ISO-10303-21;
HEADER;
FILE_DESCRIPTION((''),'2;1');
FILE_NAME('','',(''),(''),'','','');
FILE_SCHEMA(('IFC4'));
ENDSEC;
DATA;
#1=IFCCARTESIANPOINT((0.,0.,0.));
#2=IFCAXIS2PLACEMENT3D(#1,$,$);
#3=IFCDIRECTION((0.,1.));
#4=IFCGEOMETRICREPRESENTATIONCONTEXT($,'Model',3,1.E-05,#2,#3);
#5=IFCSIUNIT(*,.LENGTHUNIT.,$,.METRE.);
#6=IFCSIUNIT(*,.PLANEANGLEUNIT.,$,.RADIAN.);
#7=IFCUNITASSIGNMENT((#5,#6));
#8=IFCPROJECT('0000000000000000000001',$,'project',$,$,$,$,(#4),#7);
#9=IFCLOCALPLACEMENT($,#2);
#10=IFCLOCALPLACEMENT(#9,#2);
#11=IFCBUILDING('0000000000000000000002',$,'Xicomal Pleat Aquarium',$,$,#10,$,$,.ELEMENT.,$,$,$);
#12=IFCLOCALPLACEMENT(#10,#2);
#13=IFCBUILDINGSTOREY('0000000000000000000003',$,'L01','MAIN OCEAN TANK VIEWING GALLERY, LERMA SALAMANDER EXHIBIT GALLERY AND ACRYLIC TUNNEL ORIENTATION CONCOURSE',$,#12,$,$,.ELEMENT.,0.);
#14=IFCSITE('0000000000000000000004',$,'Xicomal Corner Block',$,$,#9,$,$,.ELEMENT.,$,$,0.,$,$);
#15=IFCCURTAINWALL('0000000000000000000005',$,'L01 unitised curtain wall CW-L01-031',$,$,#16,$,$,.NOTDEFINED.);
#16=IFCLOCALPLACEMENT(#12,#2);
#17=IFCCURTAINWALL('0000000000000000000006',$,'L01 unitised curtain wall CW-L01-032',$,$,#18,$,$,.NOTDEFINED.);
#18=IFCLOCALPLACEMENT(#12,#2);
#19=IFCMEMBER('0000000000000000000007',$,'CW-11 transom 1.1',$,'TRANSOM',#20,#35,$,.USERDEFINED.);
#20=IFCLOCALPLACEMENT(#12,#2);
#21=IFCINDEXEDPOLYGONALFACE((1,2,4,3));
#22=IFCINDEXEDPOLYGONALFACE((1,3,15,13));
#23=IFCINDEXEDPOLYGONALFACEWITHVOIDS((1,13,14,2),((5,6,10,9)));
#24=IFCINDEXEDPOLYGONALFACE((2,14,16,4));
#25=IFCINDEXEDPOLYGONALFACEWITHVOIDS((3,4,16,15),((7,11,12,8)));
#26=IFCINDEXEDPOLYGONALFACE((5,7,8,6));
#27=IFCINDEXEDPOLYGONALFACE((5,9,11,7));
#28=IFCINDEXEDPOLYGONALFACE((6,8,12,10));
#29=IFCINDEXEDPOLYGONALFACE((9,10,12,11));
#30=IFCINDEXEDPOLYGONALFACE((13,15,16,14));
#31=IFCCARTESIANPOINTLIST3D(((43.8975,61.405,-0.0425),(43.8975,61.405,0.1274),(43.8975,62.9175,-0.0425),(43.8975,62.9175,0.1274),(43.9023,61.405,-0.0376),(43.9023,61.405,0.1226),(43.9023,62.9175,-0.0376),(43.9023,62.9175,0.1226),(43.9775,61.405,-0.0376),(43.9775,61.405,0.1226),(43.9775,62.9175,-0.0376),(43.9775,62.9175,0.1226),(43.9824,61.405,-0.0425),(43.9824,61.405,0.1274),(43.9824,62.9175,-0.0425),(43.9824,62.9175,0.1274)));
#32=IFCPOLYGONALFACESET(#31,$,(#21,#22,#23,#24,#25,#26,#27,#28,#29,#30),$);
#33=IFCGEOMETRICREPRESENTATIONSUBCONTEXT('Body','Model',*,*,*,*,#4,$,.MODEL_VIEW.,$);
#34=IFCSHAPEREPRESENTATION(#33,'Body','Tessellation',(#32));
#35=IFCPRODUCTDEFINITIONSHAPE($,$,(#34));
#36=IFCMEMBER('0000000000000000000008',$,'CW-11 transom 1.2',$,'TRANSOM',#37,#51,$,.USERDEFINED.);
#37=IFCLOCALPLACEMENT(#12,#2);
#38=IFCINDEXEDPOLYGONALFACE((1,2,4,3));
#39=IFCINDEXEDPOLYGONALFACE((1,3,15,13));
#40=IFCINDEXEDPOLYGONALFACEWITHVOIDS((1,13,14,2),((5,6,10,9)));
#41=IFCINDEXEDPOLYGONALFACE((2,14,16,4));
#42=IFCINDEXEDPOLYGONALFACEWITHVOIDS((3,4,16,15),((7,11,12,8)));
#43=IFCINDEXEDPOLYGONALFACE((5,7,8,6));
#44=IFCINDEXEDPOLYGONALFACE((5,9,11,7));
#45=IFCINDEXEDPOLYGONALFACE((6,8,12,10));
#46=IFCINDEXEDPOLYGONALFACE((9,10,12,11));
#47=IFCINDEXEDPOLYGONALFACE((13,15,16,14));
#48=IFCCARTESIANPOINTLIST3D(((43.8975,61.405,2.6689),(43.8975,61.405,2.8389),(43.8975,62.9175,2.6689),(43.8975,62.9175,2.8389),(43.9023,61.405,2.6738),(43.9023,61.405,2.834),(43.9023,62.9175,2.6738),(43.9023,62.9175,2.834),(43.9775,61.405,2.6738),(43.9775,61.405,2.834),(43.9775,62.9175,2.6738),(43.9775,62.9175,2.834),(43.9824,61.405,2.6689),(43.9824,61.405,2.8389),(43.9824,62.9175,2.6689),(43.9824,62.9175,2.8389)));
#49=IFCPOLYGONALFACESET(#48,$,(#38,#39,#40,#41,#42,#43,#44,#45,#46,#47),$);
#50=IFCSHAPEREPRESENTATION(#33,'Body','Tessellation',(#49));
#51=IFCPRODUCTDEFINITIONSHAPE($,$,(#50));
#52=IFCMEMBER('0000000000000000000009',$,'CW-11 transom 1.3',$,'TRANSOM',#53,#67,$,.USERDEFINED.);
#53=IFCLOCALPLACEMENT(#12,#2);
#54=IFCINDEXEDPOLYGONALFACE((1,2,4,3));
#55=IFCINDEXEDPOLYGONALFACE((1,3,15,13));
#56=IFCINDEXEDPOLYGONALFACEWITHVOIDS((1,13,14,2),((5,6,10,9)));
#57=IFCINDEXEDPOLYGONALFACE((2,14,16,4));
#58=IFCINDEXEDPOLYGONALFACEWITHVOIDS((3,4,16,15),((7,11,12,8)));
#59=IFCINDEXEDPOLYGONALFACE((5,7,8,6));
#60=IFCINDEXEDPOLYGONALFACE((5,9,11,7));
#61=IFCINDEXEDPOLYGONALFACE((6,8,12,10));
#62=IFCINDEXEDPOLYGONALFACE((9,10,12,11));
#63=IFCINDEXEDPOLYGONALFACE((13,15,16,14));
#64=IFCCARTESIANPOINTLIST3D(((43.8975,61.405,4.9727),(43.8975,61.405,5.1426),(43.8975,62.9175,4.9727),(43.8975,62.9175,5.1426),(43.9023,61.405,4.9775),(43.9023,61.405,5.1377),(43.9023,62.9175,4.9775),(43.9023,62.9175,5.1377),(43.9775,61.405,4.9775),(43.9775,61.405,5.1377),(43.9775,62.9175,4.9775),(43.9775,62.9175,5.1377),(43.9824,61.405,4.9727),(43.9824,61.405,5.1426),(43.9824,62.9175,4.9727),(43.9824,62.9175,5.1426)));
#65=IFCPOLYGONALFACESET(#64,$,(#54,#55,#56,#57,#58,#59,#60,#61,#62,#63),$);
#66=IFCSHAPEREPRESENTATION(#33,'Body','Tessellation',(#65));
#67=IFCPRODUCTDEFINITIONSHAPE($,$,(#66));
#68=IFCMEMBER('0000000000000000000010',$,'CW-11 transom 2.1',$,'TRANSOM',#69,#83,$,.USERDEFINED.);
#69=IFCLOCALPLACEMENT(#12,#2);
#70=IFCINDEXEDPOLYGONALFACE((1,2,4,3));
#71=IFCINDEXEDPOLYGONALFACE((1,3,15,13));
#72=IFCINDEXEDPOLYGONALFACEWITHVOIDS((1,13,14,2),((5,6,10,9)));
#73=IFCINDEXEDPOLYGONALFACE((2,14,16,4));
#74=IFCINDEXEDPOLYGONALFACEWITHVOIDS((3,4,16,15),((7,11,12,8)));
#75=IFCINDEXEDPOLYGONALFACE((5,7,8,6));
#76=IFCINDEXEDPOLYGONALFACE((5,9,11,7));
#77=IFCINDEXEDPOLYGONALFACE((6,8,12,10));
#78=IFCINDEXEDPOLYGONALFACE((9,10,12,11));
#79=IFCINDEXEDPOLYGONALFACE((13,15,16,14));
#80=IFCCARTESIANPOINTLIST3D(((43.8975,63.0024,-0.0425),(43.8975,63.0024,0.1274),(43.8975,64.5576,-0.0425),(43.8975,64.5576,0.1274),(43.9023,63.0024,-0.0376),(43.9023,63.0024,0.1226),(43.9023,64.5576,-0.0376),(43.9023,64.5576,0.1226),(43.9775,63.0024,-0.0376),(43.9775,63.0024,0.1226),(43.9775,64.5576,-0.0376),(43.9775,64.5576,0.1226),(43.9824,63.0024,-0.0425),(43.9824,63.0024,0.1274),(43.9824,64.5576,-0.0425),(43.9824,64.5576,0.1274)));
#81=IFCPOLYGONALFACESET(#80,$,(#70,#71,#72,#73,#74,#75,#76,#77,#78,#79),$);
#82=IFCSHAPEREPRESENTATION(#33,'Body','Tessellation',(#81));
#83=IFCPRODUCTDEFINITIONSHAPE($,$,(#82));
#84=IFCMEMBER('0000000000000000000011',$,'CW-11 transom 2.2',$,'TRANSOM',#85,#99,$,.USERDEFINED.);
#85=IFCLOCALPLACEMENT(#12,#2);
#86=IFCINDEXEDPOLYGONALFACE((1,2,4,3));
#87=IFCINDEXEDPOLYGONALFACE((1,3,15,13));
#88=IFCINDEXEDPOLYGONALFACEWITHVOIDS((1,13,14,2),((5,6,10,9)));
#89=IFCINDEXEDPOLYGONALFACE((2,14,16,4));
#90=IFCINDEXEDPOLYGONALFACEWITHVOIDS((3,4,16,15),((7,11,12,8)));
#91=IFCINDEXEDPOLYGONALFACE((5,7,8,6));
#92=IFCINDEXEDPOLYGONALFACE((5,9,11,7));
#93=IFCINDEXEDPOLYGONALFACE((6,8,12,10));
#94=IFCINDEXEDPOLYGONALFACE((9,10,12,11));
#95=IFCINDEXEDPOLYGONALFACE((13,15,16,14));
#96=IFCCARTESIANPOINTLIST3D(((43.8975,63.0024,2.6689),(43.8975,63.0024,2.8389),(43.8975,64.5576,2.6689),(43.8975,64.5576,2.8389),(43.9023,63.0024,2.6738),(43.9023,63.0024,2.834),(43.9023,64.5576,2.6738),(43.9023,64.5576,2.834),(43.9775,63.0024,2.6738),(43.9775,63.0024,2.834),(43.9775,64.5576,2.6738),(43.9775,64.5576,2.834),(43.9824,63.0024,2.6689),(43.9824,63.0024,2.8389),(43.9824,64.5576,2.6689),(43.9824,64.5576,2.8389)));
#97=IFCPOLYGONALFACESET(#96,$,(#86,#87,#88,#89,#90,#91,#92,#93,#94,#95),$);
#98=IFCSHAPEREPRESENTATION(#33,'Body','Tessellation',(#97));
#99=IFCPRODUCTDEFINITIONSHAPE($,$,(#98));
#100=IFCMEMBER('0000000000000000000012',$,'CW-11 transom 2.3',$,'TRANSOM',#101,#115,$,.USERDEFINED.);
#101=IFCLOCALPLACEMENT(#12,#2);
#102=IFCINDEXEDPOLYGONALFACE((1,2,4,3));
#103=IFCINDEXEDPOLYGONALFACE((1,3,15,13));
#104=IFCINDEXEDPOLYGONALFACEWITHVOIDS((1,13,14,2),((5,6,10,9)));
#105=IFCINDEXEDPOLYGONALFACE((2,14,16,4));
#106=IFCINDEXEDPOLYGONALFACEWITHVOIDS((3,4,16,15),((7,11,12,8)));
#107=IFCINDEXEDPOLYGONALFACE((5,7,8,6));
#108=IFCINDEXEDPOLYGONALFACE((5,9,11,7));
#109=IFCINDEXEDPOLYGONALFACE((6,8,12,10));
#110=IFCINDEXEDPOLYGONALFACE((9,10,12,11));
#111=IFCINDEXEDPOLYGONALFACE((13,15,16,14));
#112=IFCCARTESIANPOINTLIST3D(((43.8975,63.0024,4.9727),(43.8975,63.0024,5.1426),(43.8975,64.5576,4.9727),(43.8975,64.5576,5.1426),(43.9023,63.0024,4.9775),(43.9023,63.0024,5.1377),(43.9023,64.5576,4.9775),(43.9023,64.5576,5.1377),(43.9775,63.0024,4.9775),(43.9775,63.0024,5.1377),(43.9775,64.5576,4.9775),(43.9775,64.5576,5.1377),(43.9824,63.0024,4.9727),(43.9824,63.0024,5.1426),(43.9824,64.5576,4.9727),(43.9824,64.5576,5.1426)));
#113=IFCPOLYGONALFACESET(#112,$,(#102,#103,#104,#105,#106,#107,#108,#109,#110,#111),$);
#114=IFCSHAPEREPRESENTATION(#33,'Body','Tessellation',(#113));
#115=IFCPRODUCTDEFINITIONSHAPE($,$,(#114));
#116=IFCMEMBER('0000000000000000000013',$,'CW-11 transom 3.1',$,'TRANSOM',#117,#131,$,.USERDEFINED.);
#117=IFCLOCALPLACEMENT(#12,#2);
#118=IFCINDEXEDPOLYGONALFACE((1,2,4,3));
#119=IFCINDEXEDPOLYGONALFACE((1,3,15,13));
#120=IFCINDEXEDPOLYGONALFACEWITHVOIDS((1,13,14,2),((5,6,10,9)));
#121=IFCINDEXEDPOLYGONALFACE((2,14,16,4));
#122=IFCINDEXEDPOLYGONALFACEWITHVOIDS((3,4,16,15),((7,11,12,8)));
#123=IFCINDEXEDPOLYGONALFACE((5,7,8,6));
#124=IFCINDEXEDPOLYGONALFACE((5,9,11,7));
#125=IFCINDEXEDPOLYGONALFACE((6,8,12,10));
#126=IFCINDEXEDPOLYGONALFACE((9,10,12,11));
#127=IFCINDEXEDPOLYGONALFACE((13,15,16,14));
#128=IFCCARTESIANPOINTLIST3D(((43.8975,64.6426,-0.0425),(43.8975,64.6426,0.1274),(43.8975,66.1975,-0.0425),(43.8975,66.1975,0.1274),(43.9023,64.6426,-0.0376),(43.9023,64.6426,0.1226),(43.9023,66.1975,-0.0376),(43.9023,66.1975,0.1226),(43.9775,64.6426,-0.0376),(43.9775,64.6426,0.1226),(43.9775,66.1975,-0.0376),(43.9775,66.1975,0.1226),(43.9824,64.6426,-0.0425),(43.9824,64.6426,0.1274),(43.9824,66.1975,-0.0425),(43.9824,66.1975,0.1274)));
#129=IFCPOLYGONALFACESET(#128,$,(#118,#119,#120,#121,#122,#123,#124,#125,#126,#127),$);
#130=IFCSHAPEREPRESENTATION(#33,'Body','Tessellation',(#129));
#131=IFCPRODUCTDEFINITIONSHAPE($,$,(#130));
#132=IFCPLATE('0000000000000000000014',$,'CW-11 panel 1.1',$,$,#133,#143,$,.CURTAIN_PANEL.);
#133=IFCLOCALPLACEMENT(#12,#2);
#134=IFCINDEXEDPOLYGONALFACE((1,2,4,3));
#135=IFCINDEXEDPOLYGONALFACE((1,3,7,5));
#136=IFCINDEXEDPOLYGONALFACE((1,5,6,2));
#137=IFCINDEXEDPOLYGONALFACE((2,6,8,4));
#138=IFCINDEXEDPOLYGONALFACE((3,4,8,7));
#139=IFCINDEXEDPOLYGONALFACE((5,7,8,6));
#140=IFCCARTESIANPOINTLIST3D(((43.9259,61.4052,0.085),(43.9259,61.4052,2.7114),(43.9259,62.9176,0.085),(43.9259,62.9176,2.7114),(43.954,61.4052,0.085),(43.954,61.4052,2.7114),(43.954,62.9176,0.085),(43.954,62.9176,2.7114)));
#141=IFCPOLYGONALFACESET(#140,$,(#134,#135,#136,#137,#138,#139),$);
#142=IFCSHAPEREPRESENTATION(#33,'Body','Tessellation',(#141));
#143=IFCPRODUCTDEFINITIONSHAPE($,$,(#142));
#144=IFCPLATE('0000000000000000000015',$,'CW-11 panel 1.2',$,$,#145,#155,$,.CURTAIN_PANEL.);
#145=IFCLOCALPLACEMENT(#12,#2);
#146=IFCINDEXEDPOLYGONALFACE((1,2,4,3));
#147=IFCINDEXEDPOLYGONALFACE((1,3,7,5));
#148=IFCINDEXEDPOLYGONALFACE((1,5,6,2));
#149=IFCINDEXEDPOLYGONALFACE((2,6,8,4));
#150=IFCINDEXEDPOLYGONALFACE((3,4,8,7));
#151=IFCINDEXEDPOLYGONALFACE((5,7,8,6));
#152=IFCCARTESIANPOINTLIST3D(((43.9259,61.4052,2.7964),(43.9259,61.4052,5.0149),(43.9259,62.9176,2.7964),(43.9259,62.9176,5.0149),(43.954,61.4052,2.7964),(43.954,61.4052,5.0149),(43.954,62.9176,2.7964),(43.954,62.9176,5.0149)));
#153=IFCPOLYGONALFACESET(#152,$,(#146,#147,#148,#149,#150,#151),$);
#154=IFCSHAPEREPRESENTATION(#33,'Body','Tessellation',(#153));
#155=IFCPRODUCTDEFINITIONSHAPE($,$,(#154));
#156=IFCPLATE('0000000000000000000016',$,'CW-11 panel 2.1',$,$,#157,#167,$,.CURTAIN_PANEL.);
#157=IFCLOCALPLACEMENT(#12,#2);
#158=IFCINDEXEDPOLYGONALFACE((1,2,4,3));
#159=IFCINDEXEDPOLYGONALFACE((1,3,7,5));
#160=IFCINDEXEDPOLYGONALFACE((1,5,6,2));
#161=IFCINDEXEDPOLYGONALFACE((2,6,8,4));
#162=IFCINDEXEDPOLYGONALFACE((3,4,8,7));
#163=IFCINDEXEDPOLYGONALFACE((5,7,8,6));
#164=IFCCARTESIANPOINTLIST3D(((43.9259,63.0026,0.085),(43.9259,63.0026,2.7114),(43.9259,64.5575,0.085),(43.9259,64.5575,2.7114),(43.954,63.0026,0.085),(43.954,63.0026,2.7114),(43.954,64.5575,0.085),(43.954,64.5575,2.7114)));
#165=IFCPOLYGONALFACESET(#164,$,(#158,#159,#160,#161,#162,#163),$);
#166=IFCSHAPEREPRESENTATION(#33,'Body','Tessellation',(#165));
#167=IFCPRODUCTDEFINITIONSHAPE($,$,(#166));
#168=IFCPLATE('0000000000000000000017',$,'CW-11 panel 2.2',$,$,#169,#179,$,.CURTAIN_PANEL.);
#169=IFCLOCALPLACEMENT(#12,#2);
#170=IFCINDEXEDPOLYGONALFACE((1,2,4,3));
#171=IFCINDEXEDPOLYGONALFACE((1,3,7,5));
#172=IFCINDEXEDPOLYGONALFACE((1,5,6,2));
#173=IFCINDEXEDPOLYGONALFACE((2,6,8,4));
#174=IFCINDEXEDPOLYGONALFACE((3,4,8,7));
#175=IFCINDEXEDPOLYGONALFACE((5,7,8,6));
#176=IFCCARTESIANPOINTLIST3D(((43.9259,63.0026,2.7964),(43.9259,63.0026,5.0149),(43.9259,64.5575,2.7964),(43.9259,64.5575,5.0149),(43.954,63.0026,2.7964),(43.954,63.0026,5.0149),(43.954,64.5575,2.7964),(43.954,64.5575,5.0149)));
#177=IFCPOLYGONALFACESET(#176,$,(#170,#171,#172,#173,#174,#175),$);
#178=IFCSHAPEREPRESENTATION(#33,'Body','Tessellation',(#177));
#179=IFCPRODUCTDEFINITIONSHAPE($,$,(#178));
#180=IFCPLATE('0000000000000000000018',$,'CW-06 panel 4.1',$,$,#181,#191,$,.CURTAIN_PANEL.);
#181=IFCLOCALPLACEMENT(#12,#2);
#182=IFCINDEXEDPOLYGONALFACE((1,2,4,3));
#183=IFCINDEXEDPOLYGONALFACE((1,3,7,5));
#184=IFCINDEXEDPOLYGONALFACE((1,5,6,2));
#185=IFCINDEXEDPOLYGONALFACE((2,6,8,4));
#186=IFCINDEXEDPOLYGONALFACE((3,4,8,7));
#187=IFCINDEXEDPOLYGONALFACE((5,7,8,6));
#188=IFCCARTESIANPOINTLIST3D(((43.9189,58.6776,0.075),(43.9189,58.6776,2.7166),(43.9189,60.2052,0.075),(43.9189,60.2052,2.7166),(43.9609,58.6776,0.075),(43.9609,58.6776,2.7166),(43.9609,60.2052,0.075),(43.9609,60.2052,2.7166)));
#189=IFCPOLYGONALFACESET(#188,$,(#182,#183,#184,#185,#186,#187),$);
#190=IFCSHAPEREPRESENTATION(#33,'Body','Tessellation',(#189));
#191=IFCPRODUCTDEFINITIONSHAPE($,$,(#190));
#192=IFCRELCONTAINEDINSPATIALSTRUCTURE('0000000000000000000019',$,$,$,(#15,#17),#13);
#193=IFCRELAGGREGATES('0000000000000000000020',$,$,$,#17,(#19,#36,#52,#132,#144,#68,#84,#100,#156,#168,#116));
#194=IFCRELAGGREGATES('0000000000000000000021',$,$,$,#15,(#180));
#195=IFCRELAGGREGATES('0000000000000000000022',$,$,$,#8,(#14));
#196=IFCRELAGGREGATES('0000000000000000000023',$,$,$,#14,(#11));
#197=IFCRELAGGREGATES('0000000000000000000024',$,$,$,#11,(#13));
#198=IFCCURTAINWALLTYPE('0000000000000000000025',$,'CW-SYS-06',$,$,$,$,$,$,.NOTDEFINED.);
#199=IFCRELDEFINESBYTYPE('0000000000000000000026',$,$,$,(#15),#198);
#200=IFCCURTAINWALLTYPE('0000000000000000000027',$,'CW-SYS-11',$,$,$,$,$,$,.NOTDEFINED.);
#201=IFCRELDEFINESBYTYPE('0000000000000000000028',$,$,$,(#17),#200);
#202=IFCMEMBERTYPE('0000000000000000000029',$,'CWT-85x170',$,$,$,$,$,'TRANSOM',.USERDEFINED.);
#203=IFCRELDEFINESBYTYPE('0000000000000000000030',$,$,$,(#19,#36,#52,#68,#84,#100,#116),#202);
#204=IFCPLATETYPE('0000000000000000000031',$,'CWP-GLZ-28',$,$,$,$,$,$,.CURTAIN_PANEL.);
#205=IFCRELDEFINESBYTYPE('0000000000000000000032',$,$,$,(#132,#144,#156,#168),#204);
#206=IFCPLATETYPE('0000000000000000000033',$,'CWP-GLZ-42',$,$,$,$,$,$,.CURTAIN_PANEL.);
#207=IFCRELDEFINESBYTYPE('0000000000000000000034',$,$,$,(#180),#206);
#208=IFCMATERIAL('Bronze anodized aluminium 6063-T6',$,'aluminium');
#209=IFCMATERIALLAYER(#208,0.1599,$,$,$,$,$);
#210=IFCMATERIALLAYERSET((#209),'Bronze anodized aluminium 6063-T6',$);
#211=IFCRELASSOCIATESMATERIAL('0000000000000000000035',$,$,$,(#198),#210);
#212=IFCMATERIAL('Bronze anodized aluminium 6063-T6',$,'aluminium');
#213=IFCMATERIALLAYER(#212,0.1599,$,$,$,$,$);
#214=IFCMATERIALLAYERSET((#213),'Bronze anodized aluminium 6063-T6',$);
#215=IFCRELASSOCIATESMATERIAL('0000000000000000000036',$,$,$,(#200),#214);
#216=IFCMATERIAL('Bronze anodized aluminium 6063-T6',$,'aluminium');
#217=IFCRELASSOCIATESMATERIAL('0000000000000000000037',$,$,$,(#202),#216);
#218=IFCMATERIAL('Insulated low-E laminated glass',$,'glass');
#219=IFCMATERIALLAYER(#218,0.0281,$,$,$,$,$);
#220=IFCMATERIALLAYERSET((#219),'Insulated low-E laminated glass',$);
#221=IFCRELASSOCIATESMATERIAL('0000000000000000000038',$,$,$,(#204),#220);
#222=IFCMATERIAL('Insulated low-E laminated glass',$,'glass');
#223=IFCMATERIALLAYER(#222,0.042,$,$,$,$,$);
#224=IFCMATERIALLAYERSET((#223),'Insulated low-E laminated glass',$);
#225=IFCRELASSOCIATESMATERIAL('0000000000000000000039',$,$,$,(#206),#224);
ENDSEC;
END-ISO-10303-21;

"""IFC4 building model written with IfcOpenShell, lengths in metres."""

from ifc_helpers import new_model, si_unit, direction, frame, origin, origin_2d, place, context, subcontext, project, spatial, rectangle, hollow_rectangle, extrude, material, layer, layer_set, material_profile, profile_set, type_object, element, aggregate, save


model = new_model("IFC4")

# Units and contexts
model_context = context("Model", 3, precision=1e-05, world=origin(), true_north=direction((0.0, 1.0)))
body_context = subcontext(model_context, "Body", "Model", "MODEL_VIEW")
ifc_project = project(units=[si_unit("LENGTHUNIT", "METRE"), si_unit("PLANEANGLEUNIT", "RADIAN")], contexts=[model_context])

# Site, building, storey
site_placement = place(None, origin())
site = spatial("IfcSite", under=ifc_project, at=site_placement, Name="Xicomal Corner Block", CompositionType="ELEMENT", RefElevation=0.0)
building_placement = place(site_placement, origin())
building = spatial("IfcBuilding", under=site, at=building_placement, Name="Xicomal Pleat Aquarium", CompositionType="ELEMENT")
storey_placement = place(building_placement, origin())
storey = spatial("IfcBuildingStorey", under=building, at=storey_placement, Name="L01", Description="MAIN OCEAN TANK VIEWING GALLERY, LERMA SALAMANDER EXHIBIT GALLERY AND ACRYLIC TUNNEL ORIENTATION CONCOURSE", CompositionType="ELEMENT", Elevation=0.0)

# Curtain wall
ifc_material_1 = material(Name="Bronze anodized aluminium 6063-T6", Category="aluminium")
ifc_layer_1 = layer(ifc_material_1, 0.1599)
ifc_layer_set_1 = layer_set([ifc_layer_1], Name="Bronze anodized aluminium 6063-T6")
curtain_wall_type_1 = type_object("IfcCurtainWallType", Name="CW-SYS-06", PredefinedType="NOTDEFINED", material=ifc_layer_set_1)
curtain_wall_1_placement = place(storey_placement, origin())
curtain_wall_1 = element("IfcCurtainWall", 1, at=curtain_wall_1_placement, inside=storey, type_object=curtain_wall_type_1, Name="L01 unitised curtain wall CW-L01-031", PredefinedType="NOTDEFINED")

# Curtain wall
ifc_material_2 = material(Name="Bronze anodized aluminium 6063-T6", Category="aluminium")
ifc_layer_2 = layer(ifc_material_2, 0.1599)
ifc_layer_set_2 = layer_set([ifc_layer_2], Name="Bronze anodized aluminium 6063-T6")
curtain_wall_type_2 = type_object("IfcCurtainWallType", Name="CW-SYS-11", PredefinedType="NOTDEFINED", material=ifc_layer_set_2)
curtain_wall_2_placement = place(storey_placement, origin())
curtain_wall_2 = element("IfcCurtainWall", 2, at=curtain_wall_2_placement, inside=storey, type_object=curtain_wall_type_2, Name="L01 unitised curtain wall CW-L01-032", PredefinedType="NOTDEFINED")

# Members
ifc_material_3 = material(Name="Bronze anodized aluminium 6063-T6", Category="aluminium")
ifc_material_profile_1 = material_profile(ifc_material_3, hollow_rectangle(XDim=0.085, YDim=0.1699, WallThickness=0.0049, at=origin_2d()), Name="ALU TRAN 85x170")
ifc_profile_set_1 = profile_set([ifc_material_profile_1], Name="Bronze anodized aluminium 6063-T6")
member_type_1 = type_object("IfcMemberType", Name="CWT-85x170", ElementType="TRANSOM", PredefinedType="USERDEFINED", material=ifc_profile_set_1)
member_1_placement = place(storey_placement, frame((43.9399, 61.405, 0.0425), z_axis=(0.0, 1.0, 0.0), x_axis=(-1.0, 0.0, 0.0)))
member_1 = element("IfcMember", 3, at=member_1_placement, type_object=member_type_1, Name="CW-11 transom 1.1", ObjectType="TRANSOM", PredefinedType="USERDEFINED", context=body_context, shape_type="SweptSolid", body=[
    extrude(hollow_rectangle(XDim=0.085, YDim=0.1699, WallThickness=0.0049, at=origin_2d()), origin(), (0.0, 0.0, 1.0), 1.5125),
])
member_2_placement = place(storey_placement, frame((43.9399, 61.405, 2.7539), z_axis=(0.0, 1.0, 0.0), x_axis=(-1.0, 0.0, 0.0)))
member_2 = element("IfcMember", 4, at=member_2_placement, type_object=member_type_1, Name="CW-11 transom 1.2", ObjectType="TRANSOM", PredefinedType="USERDEFINED", context=body_context, shape_type="SweptSolid", body=[
    extrude(hollow_rectangle(XDim=0.085, YDim=0.1699, WallThickness=0.0049, at=origin_2d()), origin(), (0.0, 0.0, 1.0), 1.5125),
])
member_3_placement = place(storey_placement, frame((43.9399, 61.405, 5.0576), z_axis=(0.0, 1.0, 0.0), x_axis=(-1.0, 0.0, 0.0)))
member_3 = element("IfcMember", 5, at=member_3_placement, type_object=member_type_1, Name="CW-11 transom 1.3", ObjectType="TRANSOM", PredefinedType="USERDEFINED", context=body_context, shape_type="SweptSolid", body=[
    extrude(hollow_rectangle(XDim=0.085, YDim=0.1699, WallThickness=0.0049, at=origin_2d()), origin(), (0.0, 0.0, 1.0), 1.5125),
])
member_4_placement = place(storey_placement, frame((43.9399, 63.0024, 0.0425), z_axis=(0.0, 1.0, 0.0), x_axis=(-1.0, 0.0, 0.0)))
member_4 = element("IfcMember", 6, at=member_4_placement, type_object=member_type_1, Name="CW-11 transom 2.1", ObjectType="TRANSOM", PredefinedType="USERDEFINED", context=body_context, shape_type="SweptSolid", body=[
    extrude(hollow_rectangle(XDim=0.085, YDim=0.1699, WallThickness=0.0049, at=origin_2d()), origin(), (0.0, 0.0, 1.0), 1.5552),
])
member_5_placement = place(storey_placement, frame((43.9399, 63.0024, 2.7539), z_axis=(0.0, 1.0, 0.0), x_axis=(-1.0, 0.0, 0.0)))
member_5 = element("IfcMember", 7, at=member_5_placement, type_object=member_type_1, Name="CW-11 transom 2.2", ObjectType="TRANSOM", PredefinedType="USERDEFINED", context=body_context, shape_type="SweptSolid", body=[
    extrude(hollow_rectangle(XDim=0.085, YDim=0.1699, WallThickness=0.0049, at=origin_2d()), origin(), (0.0, 0.0, 1.0), 1.5552),
])
member_6_placement = place(storey_placement, frame((43.9399, 63.0024, 5.0576), z_axis=(0.0, 1.0, 0.0), x_axis=(-1.0, 0.0, 0.0)))
member_6 = element("IfcMember", 8, at=member_6_placement, type_object=member_type_1, Name="CW-11 transom 2.3", ObjectType="TRANSOM", PredefinedType="USERDEFINED", context=body_context, shape_type="SweptSolid", body=[
    extrude(hollow_rectangle(XDim=0.085, YDim=0.1699, WallThickness=0.0049, at=origin_2d()), origin(), (0.0, 0.0, 1.0), 1.5552),
])
member_7_placement = place(storey_placement, frame((43.9399, 64.6426, 0.0425), z_axis=(0.0, 1.0, 0.0), x_axis=(-1.0, 0.0, 0.0)))
member_7 = element("IfcMember", 9, at=member_7_placement, type_object=member_type_1, Name="CW-11 transom 3.1", ObjectType="TRANSOM", PredefinedType="USERDEFINED", context=body_context, shape_type="SweptSolid", body=[
    extrude(hollow_rectangle(XDim=0.085, YDim=0.1699, WallThickness=0.0049, at=origin_2d()), origin(), (0.0, 0.0, 1.0), 1.5549),
])

# Plates
ifc_material_4 = material(Name="Insulated low-E laminated glass", Category="glass")
ifc_layer_3 = layer(ifc_material_4, 0.0281)
ifc_layer_set_3 = layer_set([ifc_layer_3], Name="Insulated low-E laminated glass")
plate_type_1 = type_object("IfcPlateType", Name="CWP-GLZ-28", PredefinedType="CURTAIN_PANEL", material=ifc_layer_set_3)
plate_1_placement = place(storey_placement, frame((43.9399, 62.1614, 0.085), z_axis=(0.0, 0.0, 1.0), x_axis=(0.0, 1.0, 0.0)))
plate_1 = element("IfcPlate", 10, at=plate_1_placement, type_object=plate_type_1, Name="CW-11 panel 1.1", PredefinedType="CURTAIN_PANEL", context=body_context, shape_type="SweptSolid", body=[
    extrude(rectangle(XDim=1.5125, YDim=0.0281, at=origin_2d()), origin(), (0.0, 0.0, 1.0), 2.6265),
])
plate_2_placement = place(storey_placement, frame((43.9399, 62.1614, 2.7964), z_axis=(0.0, 0.0, 1.0), x_axis=(0.0, 1.0, 0.0)))
plate_2 = element("IfcPlate", 11, at=plate_2_placement, type_object=plate_type_1, Name="CW-11 panel 1.2", PredefinedType="CURTAIN_PANEL", context=body_context, shape_type="SweptSolid", body=[
    extrude(rectangle(XDim=1.5125, YDim=0.0281, at=origin_2d()), origin(), (0.0, 0.0, 1.0), 2.2185),
])
plate_3_placement = place(storey_placement, frame((43.9399, 63.78, 0.085), z_axis=(0.0, 0.0, 1.0), x_axis=(0.0, 1.0, 0.0)))
plate_3 = element("IfcPlate", 12, at=plate_3_placement, type_object=plate_type_1, Name="CW-11 panel 2.1", PredefinedType="CURTAIN_PANEL", context=body_context, shape_type="SweptSolid", body=[
    extrude(rectangle(XDim=1.5549, YDim=0.0281, at=origin_2d()), origin(), (0.0, 0.0, 1.0), 2.6265),
])
plate_4_placement = place(storey_placement, frame((43.9399, 63.78, 2.7964), z_axis=(0.0, 0.0, 1.0), x_axis=(0.0, 1.0, 0.0)))
plate_4 = element("IfcPlate", 13, at=plate_4_placement, type_object=plate_type_1, Name="CW-11 panel 2.2", PredefinedType="CURTAIN_PANEL", context=body_context, shape_type="SweptSolid", body=[
    extrude(rectangle(XDim=1.5549, YDim=0.0281, at=origin_2d()), origin(), (0.0, 0.0, 1.0), 2.2185),
])
aggregate(curtain_wall_2, [member_1, member_2, member_3, plate_1, plate_2, member_4, member_5, member_6, plate_3, plate_4, member_7])
ifc_material_5 = material(Name="Insulated low-E laminated glass", Category="glass")
ifc_layer_4 = layer(ifc_material_5, 0.042)
ifc_layer_set_4 = layer_set([ifc_layer_4], Name="Insulated low-E laminated glass")
plate_type_2 = type_object("IfcPlateType", Name="CWP-GLZ-42", PredefinedType="CURTAIN_PANEL", material=ifc_layer_set_4)
plate_5_placement = place(storey_placement, frame((43.9399, 59.4414, 0.075), z_axis=(0.0, 0.0, 1.0), x_axis=(0.0, 1.0, 0.0)))
plate_5 = element("IfcPlate", 14, at=plate_5_placement, type_object=plate_type_2, Name="CW-06 panel 4.1", PredefinedType="CURTAIN_PANEL", context=body_context, shape_type="SweptSolid", body=[
    extrude(rectangle(XDim=1.5276, YDim=0.042, at=origin_2d()), origin(), (0.0, 0.0, 1.0), 2.6416),
])
aggregate(curtain_wall_1, [plate_5])

save(model, "model.ifc")
